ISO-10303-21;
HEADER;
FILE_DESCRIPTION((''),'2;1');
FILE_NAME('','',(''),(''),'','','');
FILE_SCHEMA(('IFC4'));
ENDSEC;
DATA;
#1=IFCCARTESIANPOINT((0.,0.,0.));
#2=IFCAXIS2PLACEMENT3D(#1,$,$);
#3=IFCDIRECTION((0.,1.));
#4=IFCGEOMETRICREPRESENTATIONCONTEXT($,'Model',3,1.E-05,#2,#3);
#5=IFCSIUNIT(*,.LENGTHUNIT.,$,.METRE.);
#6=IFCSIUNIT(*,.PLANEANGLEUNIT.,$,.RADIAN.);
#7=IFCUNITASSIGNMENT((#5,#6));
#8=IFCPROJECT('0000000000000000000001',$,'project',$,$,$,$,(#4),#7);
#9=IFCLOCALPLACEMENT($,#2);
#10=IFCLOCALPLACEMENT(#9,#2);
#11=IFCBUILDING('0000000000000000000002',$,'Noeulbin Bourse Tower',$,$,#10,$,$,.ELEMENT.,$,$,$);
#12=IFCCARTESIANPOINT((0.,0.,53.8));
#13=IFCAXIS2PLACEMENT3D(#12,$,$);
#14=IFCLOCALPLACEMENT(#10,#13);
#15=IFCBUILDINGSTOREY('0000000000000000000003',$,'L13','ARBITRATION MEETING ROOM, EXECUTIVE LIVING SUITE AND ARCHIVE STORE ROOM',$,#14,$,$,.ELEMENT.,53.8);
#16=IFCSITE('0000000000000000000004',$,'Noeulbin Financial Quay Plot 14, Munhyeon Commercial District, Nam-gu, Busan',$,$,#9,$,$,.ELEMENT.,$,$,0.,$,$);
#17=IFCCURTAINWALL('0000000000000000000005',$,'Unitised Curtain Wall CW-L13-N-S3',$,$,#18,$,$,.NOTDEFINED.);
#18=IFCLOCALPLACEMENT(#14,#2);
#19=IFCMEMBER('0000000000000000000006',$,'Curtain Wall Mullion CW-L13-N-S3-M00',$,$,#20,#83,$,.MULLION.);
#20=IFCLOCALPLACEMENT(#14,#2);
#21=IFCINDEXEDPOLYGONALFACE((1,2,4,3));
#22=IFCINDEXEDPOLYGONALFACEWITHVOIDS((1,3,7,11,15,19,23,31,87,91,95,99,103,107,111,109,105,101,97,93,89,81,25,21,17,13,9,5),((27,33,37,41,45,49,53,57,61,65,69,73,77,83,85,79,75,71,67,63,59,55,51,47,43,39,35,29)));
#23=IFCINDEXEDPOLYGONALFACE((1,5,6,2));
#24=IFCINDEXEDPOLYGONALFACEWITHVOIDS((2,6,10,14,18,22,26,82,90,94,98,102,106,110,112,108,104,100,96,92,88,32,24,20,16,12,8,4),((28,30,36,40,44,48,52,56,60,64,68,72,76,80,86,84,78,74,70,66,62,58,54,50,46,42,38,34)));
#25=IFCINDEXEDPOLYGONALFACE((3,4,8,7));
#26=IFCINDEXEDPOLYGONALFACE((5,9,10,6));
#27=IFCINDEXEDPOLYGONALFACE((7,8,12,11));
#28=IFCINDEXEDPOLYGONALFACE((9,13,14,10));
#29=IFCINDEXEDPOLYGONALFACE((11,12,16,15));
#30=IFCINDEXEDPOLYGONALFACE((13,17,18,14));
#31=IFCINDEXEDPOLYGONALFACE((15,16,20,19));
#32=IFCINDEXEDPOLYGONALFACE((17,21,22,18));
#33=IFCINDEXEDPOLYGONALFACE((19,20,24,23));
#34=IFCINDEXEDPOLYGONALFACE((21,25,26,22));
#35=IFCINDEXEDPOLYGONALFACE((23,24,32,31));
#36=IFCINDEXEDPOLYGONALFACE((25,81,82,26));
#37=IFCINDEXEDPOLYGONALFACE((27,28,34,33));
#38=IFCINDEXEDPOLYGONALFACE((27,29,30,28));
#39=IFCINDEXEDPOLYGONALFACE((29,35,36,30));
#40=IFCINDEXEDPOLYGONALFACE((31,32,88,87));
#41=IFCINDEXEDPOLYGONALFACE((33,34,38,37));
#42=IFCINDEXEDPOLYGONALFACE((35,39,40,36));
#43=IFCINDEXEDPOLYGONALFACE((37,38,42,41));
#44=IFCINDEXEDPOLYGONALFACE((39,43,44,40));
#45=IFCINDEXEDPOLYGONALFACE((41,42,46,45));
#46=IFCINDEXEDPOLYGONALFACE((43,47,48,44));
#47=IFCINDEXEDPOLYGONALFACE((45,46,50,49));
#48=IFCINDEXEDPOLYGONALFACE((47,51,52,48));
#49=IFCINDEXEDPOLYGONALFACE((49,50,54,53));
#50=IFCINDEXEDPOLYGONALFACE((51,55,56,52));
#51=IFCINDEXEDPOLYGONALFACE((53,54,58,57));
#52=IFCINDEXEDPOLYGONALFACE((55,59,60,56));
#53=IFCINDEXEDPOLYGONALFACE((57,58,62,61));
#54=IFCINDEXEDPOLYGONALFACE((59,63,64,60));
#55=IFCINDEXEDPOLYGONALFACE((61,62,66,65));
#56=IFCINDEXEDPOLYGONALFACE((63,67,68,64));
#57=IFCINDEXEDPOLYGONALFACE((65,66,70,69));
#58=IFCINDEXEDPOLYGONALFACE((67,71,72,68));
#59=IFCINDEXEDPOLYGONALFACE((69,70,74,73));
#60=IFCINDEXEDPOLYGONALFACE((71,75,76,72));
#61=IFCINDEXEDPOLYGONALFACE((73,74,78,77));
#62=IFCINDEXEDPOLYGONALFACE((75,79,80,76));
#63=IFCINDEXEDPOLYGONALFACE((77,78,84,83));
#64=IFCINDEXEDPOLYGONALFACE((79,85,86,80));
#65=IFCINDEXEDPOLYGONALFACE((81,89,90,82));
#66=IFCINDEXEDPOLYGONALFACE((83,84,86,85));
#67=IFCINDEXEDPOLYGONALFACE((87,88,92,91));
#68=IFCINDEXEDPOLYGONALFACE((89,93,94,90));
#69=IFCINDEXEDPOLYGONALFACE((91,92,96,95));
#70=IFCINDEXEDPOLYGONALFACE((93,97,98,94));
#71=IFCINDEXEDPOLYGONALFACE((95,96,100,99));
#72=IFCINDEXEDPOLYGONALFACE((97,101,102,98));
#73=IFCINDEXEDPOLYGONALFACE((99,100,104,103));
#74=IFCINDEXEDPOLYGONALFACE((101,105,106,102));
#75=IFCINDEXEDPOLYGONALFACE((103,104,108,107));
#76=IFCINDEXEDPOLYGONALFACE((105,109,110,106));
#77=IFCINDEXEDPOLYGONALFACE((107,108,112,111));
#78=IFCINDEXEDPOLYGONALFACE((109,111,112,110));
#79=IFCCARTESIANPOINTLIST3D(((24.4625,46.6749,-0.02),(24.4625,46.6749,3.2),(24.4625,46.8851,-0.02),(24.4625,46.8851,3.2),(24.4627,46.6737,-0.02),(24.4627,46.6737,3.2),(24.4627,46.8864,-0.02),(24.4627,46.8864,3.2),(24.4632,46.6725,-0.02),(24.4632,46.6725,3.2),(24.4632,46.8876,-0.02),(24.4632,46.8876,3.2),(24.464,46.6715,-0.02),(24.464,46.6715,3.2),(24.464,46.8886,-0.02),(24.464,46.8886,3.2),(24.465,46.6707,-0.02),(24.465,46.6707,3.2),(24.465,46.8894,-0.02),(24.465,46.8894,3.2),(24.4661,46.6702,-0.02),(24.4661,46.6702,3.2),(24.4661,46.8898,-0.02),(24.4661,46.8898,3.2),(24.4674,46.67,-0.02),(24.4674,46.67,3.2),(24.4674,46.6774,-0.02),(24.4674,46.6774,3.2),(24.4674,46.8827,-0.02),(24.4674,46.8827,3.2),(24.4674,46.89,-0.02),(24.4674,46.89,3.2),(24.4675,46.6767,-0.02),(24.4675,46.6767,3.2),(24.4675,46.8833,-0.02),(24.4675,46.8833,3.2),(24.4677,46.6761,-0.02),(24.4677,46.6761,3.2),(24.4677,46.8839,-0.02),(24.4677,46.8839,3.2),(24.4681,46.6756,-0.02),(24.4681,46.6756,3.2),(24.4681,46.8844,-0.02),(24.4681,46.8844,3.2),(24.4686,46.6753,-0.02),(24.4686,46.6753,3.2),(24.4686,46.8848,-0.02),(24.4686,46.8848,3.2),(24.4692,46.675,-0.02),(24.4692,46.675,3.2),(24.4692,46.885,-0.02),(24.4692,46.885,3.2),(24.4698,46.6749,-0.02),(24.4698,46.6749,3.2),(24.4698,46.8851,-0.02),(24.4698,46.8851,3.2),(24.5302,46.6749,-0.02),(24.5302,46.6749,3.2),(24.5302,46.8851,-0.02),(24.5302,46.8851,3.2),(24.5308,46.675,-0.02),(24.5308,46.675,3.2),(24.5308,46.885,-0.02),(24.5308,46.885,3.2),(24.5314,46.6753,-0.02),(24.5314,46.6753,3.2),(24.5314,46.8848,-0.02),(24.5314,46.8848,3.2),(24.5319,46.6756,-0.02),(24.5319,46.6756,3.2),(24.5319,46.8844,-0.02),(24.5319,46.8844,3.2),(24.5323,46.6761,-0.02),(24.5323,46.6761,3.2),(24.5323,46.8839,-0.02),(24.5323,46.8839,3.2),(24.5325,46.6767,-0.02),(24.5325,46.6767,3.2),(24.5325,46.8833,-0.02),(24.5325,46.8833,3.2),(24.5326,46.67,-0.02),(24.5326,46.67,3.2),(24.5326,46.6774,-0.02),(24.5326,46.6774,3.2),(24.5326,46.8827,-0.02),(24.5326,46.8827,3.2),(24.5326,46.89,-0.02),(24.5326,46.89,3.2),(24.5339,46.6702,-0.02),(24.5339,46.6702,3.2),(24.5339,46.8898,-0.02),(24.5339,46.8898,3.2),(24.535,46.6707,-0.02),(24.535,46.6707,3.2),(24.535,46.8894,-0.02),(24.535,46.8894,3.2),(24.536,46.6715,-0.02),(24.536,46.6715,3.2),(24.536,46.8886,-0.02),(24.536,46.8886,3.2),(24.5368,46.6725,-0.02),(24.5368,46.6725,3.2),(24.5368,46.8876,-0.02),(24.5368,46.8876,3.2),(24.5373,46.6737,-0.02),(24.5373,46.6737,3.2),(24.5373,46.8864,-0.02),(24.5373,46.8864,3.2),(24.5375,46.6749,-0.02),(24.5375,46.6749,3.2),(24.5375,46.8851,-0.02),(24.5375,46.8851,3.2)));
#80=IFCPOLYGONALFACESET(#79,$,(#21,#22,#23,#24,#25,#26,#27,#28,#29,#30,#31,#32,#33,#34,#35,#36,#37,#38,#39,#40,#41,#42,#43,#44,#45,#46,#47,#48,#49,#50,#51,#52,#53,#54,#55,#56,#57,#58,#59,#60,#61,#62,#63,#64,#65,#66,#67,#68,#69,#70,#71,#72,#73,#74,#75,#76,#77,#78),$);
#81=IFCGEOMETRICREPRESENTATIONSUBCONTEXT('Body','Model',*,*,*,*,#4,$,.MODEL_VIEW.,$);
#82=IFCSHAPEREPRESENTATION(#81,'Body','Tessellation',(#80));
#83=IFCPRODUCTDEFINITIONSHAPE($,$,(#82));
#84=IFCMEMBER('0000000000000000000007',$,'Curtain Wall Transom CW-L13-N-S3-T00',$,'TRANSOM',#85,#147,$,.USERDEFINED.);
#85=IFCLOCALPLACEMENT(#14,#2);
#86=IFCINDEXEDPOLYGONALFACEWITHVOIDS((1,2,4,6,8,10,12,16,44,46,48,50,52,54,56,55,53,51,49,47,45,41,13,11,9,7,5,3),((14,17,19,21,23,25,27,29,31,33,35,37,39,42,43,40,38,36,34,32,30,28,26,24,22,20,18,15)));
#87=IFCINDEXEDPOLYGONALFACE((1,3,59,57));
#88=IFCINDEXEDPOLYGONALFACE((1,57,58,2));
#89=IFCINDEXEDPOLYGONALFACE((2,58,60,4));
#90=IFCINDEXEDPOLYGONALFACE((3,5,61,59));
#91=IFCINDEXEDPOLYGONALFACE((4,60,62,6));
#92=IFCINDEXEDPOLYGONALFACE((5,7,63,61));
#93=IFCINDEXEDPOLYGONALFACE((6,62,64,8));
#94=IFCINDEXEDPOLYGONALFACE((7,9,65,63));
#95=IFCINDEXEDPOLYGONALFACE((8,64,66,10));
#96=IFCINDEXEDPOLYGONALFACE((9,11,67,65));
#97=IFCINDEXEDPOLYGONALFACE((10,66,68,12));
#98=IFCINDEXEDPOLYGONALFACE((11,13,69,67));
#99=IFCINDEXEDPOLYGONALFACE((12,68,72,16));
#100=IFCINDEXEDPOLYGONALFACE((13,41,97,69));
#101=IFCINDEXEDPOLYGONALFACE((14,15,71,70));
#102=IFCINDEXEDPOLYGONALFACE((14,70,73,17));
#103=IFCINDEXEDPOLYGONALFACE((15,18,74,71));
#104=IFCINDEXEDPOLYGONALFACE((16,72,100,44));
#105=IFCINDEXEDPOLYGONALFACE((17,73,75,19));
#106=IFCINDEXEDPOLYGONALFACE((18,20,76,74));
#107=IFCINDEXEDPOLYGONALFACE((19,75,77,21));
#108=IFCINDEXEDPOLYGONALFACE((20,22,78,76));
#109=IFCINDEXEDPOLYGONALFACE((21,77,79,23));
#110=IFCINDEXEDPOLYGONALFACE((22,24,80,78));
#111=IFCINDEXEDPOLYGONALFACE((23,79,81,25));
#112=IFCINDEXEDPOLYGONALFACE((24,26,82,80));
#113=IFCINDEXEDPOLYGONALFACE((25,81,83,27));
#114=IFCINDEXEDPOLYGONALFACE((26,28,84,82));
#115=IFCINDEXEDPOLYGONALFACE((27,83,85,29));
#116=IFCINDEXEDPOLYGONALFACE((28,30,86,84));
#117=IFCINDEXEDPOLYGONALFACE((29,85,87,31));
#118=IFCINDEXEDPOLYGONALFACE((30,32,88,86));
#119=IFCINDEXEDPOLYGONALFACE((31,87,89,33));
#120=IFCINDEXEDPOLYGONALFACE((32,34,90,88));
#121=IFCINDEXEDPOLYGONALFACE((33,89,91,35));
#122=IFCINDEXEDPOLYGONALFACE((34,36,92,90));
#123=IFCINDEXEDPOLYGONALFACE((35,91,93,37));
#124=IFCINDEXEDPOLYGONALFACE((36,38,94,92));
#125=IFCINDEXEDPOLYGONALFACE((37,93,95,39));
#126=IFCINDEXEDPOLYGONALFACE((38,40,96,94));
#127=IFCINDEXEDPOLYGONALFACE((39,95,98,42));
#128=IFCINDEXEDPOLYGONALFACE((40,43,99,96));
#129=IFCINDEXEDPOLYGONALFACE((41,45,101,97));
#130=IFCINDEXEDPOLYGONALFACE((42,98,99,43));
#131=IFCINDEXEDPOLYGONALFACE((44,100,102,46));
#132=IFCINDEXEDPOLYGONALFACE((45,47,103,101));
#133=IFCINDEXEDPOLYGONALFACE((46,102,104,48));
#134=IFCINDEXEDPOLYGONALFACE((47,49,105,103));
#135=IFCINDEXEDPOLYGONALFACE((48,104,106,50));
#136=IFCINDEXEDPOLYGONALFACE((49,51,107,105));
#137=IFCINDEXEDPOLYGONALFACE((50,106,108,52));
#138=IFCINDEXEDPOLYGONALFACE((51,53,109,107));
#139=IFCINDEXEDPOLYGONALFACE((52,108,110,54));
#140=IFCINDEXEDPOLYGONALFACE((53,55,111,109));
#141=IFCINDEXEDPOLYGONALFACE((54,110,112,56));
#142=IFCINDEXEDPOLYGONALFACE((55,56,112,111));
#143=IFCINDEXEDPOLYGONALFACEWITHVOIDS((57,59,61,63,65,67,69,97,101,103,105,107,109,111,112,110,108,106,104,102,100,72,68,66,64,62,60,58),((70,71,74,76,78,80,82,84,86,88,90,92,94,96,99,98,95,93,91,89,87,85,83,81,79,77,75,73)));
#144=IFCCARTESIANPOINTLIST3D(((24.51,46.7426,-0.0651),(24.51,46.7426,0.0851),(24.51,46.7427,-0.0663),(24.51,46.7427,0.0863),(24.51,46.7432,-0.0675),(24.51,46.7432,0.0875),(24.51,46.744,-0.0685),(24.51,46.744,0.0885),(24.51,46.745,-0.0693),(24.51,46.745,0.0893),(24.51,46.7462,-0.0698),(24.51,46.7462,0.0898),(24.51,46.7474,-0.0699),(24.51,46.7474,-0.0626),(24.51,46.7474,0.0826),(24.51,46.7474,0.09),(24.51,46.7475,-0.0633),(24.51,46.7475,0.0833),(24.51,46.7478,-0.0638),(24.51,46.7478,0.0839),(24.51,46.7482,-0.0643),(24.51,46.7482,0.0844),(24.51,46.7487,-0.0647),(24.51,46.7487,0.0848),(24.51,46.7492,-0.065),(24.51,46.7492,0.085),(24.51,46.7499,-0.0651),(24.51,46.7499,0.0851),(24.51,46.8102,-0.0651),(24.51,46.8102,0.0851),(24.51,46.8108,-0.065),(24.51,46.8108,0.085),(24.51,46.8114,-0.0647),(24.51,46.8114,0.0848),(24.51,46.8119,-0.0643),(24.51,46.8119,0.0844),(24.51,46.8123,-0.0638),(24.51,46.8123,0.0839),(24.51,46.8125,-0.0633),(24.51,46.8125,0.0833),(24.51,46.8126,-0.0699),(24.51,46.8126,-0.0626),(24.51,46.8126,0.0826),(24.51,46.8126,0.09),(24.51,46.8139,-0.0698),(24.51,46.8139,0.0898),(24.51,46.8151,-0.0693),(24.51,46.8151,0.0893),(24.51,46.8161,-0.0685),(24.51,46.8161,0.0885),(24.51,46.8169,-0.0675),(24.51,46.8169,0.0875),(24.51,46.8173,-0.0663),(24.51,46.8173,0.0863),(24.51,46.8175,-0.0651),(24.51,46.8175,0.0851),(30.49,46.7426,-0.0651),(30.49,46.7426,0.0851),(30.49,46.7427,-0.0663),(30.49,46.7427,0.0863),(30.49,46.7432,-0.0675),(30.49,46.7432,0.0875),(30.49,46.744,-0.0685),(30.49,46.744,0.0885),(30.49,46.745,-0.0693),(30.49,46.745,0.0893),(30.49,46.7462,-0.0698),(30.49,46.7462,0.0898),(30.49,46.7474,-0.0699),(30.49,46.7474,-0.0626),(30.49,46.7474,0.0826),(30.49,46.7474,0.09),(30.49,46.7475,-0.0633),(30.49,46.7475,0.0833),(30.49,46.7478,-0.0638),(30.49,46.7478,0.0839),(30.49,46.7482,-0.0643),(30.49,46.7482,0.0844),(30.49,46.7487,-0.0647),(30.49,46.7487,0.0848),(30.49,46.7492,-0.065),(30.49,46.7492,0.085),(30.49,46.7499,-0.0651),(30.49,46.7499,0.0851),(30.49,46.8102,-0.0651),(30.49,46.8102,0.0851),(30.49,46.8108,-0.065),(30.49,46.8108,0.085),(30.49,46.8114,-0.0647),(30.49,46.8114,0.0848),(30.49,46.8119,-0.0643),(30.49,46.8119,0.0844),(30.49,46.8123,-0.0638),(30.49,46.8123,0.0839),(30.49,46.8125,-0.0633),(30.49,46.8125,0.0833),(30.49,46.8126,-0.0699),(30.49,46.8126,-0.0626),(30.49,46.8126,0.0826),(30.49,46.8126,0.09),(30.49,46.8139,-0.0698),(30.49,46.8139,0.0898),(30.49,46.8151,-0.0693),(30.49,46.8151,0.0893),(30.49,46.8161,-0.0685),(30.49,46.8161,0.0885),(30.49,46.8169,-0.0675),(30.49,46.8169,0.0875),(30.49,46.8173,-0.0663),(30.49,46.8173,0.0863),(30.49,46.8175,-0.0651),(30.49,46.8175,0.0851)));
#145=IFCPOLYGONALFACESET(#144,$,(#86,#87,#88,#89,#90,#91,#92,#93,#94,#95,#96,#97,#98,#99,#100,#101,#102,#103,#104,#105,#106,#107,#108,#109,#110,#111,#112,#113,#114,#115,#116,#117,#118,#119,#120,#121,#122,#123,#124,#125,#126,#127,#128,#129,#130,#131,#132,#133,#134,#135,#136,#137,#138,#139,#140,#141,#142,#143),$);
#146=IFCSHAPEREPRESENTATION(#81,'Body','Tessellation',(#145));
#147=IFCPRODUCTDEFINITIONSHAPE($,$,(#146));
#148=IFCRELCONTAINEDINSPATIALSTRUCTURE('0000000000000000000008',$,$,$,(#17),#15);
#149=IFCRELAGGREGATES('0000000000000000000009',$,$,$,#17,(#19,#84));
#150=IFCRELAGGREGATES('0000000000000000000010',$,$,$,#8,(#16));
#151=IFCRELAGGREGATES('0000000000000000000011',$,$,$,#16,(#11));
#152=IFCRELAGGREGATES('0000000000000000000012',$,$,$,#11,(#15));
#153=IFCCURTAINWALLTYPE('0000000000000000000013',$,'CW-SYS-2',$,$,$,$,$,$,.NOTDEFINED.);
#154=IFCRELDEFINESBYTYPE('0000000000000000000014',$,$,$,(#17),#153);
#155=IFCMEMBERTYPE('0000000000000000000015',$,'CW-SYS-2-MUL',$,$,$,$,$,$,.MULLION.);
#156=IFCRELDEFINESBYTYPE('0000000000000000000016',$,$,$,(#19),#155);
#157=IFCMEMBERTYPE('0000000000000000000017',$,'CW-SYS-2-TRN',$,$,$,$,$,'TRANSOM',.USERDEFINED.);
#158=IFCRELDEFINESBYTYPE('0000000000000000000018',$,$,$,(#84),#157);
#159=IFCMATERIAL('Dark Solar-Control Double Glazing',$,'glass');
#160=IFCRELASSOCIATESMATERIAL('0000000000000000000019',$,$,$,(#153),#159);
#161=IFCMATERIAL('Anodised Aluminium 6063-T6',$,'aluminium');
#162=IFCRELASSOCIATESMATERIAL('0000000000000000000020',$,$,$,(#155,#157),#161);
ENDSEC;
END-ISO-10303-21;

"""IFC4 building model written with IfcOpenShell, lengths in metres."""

from ifc_helpers import new_model, si_unit, direction, frame, origin, origin_2d, place, context, subcontext, project, spatial, hollow_rectangle, extrude, material, material_profile, profile_set, type_object, element, aggregate, save


model = new_model("IFC4")

# Units and contexts
model_context = context("Model", 3, precision=1e-05, world=origin(), true_north=direction((0.0, 1.0)))
body_context = subcontext(model_context, "Body", "Model", "MODEL_VIEW")
ifc_project = project(units=[si_unit("LENGTHUNIT", "METRE"), si_unit("PLANEANGLEUNIT", "RADIAN")], contexts=[model_context])

# Site, building, storey
site_placement = place(None, origin())
site = spatial("IfcSite", under=ifc_project, at=site_placement, Name="Noeulbin Financial Quay Plot 14, Munhyeon Commercial District, Nam-gu, Busan", CompositionType="ELEMENT", RefElevation=0.0)
building_placement = place(site_placement, origin())
building = spatial("IfcBuilding", under=site, at=building_placement, Name="Noeulbin Bourse Tower", CompositionType="ELEMENT")
storey_placement = place(building_placement, frame((0.0, 0.0, 53.8)))
storey = spatial("IfcBuildingStorey", under=building, at=storey_placement, Name="L13", Description="ARBITRATION MEETING ROOM, EXECUTIVE LIVING SUITE AND ARCHIVE STORE ROOM", CompositionType="ELEMENT", Elevation=53.8)

# Curtain wall, members
ifc_material_1 = material(Name="Dark Solar-Control Double Glazing", Category="glass")
curtain_wall_type = type_object("IfcCurtainWallType", Name="CW-SYS-2", PredefinedType="NOTDEFINED", material=ifc_material_1)
ifc_material_2 = material(Name="Anodised Aluminium 6063-T6", Category="aluminium")
ifc_material_profile_1 = material_profile(ifc_material_2, hollow_rectangle(XDim=0.075, YDim=0.22, WallThickness=0.0049, InnerFilletRadius=0.0024, OuterFilletRadius=0.0049, at=origin_2d()), Name="ALU-MULL-75x220x5", Category="LoadBearing")
ifc_profile_set_1 = profile_set([ifc_material_profile_1], Name="Anodised Aluminium 6063-T6")
member_type_1 = type_object("IfcMemberType", Name="CW-SYS-2-MUL", PredefinedType="MULLION", material=ifc_profile_set_1)
curtain_wall_1_placement = place(storey_placement, origin())
curtain_wall_1 = element("IfcCurtainWall", 1, at=curtain_wall_1_placement, inside=storey, type_object=curtain_wall_type, Name="Unitised Curtain Wall CW-L13-N-S3", PredefinedType="NOTDEFINED")
member_1_placement = place(storey_placement, frame((24.5, 46.78, -0.02), z_axis=(0.0, 0.0, 1.0), x_axis=(1.0, 0.0, 0.0)))
member_1 = element("IfcMember", 2, at=member_1_placement, type_object=member_type_1, Name="Curtain Wall Mullion CW-L13-N-S3-M00", PredefinedType="MULLION", context=body_context, shape_type="SweptSolid", body=[
    extrude(hollow_rectangle(XDim=0.075, YDim=0.22, WallThickness=0.0049, InnerFilletRadius=0.0024, OuterFilletRadius=0.0049, at=origin_2d()), origin(), (0.0, 0.0, 1.0), 3.22),
])
ifc_material_profile_2 = material_profile(ifc_material_2, hollow_rectangle(XDim=0.075, YDim=0.1599, WallThickness=0.0049, InnerFilletRadius=0.0024, OuterFilletRadius=0.0049, at=origin_2d()), Name="ALU-TRAN-75x160x5", Category="LoadBearing")
ifc_profile_set_2 = profile_set([ifc_material_profile_2], Name="Anodised Aluminium 6063-T6")
member_type_2 = type_object("IfcMemberType", Name="CW-SYS-2-TRN", ElementType="TRANSOM", PredefinedType="USERDEFINED", material=ifc_profile_set_2)
member_2_placement = place(storey_placement, frame((24.51, 46.78, 0.01), z_axis=(1.0, 0.0, 0.0), x_axis=(0.0, 1.0, 0.0)))
member_2 = element("IfcMember", 3, at=member_2_placement, type_object=member_type_2, Name="Curtain Wall Transom CW-L13-N-S3-T00", ObjectType="TRANSOM", PredefinedType="USERDEFINED", context=body_context, shape_type="SweptSolid", body=[
    extrude(hollow_rectangle(XDim=0.075, YDim=0.1599, WallThickness=0.0049, InnerFilletRadius=0.0024, OuterFilletRadius=0.0049, at=origin_2d()), origin(), (0.0, 0.0, 1.0), 5.98),
])

aggregate(curtain_wall_1, [member_1, member_2])

save(model, "model.ifc")
